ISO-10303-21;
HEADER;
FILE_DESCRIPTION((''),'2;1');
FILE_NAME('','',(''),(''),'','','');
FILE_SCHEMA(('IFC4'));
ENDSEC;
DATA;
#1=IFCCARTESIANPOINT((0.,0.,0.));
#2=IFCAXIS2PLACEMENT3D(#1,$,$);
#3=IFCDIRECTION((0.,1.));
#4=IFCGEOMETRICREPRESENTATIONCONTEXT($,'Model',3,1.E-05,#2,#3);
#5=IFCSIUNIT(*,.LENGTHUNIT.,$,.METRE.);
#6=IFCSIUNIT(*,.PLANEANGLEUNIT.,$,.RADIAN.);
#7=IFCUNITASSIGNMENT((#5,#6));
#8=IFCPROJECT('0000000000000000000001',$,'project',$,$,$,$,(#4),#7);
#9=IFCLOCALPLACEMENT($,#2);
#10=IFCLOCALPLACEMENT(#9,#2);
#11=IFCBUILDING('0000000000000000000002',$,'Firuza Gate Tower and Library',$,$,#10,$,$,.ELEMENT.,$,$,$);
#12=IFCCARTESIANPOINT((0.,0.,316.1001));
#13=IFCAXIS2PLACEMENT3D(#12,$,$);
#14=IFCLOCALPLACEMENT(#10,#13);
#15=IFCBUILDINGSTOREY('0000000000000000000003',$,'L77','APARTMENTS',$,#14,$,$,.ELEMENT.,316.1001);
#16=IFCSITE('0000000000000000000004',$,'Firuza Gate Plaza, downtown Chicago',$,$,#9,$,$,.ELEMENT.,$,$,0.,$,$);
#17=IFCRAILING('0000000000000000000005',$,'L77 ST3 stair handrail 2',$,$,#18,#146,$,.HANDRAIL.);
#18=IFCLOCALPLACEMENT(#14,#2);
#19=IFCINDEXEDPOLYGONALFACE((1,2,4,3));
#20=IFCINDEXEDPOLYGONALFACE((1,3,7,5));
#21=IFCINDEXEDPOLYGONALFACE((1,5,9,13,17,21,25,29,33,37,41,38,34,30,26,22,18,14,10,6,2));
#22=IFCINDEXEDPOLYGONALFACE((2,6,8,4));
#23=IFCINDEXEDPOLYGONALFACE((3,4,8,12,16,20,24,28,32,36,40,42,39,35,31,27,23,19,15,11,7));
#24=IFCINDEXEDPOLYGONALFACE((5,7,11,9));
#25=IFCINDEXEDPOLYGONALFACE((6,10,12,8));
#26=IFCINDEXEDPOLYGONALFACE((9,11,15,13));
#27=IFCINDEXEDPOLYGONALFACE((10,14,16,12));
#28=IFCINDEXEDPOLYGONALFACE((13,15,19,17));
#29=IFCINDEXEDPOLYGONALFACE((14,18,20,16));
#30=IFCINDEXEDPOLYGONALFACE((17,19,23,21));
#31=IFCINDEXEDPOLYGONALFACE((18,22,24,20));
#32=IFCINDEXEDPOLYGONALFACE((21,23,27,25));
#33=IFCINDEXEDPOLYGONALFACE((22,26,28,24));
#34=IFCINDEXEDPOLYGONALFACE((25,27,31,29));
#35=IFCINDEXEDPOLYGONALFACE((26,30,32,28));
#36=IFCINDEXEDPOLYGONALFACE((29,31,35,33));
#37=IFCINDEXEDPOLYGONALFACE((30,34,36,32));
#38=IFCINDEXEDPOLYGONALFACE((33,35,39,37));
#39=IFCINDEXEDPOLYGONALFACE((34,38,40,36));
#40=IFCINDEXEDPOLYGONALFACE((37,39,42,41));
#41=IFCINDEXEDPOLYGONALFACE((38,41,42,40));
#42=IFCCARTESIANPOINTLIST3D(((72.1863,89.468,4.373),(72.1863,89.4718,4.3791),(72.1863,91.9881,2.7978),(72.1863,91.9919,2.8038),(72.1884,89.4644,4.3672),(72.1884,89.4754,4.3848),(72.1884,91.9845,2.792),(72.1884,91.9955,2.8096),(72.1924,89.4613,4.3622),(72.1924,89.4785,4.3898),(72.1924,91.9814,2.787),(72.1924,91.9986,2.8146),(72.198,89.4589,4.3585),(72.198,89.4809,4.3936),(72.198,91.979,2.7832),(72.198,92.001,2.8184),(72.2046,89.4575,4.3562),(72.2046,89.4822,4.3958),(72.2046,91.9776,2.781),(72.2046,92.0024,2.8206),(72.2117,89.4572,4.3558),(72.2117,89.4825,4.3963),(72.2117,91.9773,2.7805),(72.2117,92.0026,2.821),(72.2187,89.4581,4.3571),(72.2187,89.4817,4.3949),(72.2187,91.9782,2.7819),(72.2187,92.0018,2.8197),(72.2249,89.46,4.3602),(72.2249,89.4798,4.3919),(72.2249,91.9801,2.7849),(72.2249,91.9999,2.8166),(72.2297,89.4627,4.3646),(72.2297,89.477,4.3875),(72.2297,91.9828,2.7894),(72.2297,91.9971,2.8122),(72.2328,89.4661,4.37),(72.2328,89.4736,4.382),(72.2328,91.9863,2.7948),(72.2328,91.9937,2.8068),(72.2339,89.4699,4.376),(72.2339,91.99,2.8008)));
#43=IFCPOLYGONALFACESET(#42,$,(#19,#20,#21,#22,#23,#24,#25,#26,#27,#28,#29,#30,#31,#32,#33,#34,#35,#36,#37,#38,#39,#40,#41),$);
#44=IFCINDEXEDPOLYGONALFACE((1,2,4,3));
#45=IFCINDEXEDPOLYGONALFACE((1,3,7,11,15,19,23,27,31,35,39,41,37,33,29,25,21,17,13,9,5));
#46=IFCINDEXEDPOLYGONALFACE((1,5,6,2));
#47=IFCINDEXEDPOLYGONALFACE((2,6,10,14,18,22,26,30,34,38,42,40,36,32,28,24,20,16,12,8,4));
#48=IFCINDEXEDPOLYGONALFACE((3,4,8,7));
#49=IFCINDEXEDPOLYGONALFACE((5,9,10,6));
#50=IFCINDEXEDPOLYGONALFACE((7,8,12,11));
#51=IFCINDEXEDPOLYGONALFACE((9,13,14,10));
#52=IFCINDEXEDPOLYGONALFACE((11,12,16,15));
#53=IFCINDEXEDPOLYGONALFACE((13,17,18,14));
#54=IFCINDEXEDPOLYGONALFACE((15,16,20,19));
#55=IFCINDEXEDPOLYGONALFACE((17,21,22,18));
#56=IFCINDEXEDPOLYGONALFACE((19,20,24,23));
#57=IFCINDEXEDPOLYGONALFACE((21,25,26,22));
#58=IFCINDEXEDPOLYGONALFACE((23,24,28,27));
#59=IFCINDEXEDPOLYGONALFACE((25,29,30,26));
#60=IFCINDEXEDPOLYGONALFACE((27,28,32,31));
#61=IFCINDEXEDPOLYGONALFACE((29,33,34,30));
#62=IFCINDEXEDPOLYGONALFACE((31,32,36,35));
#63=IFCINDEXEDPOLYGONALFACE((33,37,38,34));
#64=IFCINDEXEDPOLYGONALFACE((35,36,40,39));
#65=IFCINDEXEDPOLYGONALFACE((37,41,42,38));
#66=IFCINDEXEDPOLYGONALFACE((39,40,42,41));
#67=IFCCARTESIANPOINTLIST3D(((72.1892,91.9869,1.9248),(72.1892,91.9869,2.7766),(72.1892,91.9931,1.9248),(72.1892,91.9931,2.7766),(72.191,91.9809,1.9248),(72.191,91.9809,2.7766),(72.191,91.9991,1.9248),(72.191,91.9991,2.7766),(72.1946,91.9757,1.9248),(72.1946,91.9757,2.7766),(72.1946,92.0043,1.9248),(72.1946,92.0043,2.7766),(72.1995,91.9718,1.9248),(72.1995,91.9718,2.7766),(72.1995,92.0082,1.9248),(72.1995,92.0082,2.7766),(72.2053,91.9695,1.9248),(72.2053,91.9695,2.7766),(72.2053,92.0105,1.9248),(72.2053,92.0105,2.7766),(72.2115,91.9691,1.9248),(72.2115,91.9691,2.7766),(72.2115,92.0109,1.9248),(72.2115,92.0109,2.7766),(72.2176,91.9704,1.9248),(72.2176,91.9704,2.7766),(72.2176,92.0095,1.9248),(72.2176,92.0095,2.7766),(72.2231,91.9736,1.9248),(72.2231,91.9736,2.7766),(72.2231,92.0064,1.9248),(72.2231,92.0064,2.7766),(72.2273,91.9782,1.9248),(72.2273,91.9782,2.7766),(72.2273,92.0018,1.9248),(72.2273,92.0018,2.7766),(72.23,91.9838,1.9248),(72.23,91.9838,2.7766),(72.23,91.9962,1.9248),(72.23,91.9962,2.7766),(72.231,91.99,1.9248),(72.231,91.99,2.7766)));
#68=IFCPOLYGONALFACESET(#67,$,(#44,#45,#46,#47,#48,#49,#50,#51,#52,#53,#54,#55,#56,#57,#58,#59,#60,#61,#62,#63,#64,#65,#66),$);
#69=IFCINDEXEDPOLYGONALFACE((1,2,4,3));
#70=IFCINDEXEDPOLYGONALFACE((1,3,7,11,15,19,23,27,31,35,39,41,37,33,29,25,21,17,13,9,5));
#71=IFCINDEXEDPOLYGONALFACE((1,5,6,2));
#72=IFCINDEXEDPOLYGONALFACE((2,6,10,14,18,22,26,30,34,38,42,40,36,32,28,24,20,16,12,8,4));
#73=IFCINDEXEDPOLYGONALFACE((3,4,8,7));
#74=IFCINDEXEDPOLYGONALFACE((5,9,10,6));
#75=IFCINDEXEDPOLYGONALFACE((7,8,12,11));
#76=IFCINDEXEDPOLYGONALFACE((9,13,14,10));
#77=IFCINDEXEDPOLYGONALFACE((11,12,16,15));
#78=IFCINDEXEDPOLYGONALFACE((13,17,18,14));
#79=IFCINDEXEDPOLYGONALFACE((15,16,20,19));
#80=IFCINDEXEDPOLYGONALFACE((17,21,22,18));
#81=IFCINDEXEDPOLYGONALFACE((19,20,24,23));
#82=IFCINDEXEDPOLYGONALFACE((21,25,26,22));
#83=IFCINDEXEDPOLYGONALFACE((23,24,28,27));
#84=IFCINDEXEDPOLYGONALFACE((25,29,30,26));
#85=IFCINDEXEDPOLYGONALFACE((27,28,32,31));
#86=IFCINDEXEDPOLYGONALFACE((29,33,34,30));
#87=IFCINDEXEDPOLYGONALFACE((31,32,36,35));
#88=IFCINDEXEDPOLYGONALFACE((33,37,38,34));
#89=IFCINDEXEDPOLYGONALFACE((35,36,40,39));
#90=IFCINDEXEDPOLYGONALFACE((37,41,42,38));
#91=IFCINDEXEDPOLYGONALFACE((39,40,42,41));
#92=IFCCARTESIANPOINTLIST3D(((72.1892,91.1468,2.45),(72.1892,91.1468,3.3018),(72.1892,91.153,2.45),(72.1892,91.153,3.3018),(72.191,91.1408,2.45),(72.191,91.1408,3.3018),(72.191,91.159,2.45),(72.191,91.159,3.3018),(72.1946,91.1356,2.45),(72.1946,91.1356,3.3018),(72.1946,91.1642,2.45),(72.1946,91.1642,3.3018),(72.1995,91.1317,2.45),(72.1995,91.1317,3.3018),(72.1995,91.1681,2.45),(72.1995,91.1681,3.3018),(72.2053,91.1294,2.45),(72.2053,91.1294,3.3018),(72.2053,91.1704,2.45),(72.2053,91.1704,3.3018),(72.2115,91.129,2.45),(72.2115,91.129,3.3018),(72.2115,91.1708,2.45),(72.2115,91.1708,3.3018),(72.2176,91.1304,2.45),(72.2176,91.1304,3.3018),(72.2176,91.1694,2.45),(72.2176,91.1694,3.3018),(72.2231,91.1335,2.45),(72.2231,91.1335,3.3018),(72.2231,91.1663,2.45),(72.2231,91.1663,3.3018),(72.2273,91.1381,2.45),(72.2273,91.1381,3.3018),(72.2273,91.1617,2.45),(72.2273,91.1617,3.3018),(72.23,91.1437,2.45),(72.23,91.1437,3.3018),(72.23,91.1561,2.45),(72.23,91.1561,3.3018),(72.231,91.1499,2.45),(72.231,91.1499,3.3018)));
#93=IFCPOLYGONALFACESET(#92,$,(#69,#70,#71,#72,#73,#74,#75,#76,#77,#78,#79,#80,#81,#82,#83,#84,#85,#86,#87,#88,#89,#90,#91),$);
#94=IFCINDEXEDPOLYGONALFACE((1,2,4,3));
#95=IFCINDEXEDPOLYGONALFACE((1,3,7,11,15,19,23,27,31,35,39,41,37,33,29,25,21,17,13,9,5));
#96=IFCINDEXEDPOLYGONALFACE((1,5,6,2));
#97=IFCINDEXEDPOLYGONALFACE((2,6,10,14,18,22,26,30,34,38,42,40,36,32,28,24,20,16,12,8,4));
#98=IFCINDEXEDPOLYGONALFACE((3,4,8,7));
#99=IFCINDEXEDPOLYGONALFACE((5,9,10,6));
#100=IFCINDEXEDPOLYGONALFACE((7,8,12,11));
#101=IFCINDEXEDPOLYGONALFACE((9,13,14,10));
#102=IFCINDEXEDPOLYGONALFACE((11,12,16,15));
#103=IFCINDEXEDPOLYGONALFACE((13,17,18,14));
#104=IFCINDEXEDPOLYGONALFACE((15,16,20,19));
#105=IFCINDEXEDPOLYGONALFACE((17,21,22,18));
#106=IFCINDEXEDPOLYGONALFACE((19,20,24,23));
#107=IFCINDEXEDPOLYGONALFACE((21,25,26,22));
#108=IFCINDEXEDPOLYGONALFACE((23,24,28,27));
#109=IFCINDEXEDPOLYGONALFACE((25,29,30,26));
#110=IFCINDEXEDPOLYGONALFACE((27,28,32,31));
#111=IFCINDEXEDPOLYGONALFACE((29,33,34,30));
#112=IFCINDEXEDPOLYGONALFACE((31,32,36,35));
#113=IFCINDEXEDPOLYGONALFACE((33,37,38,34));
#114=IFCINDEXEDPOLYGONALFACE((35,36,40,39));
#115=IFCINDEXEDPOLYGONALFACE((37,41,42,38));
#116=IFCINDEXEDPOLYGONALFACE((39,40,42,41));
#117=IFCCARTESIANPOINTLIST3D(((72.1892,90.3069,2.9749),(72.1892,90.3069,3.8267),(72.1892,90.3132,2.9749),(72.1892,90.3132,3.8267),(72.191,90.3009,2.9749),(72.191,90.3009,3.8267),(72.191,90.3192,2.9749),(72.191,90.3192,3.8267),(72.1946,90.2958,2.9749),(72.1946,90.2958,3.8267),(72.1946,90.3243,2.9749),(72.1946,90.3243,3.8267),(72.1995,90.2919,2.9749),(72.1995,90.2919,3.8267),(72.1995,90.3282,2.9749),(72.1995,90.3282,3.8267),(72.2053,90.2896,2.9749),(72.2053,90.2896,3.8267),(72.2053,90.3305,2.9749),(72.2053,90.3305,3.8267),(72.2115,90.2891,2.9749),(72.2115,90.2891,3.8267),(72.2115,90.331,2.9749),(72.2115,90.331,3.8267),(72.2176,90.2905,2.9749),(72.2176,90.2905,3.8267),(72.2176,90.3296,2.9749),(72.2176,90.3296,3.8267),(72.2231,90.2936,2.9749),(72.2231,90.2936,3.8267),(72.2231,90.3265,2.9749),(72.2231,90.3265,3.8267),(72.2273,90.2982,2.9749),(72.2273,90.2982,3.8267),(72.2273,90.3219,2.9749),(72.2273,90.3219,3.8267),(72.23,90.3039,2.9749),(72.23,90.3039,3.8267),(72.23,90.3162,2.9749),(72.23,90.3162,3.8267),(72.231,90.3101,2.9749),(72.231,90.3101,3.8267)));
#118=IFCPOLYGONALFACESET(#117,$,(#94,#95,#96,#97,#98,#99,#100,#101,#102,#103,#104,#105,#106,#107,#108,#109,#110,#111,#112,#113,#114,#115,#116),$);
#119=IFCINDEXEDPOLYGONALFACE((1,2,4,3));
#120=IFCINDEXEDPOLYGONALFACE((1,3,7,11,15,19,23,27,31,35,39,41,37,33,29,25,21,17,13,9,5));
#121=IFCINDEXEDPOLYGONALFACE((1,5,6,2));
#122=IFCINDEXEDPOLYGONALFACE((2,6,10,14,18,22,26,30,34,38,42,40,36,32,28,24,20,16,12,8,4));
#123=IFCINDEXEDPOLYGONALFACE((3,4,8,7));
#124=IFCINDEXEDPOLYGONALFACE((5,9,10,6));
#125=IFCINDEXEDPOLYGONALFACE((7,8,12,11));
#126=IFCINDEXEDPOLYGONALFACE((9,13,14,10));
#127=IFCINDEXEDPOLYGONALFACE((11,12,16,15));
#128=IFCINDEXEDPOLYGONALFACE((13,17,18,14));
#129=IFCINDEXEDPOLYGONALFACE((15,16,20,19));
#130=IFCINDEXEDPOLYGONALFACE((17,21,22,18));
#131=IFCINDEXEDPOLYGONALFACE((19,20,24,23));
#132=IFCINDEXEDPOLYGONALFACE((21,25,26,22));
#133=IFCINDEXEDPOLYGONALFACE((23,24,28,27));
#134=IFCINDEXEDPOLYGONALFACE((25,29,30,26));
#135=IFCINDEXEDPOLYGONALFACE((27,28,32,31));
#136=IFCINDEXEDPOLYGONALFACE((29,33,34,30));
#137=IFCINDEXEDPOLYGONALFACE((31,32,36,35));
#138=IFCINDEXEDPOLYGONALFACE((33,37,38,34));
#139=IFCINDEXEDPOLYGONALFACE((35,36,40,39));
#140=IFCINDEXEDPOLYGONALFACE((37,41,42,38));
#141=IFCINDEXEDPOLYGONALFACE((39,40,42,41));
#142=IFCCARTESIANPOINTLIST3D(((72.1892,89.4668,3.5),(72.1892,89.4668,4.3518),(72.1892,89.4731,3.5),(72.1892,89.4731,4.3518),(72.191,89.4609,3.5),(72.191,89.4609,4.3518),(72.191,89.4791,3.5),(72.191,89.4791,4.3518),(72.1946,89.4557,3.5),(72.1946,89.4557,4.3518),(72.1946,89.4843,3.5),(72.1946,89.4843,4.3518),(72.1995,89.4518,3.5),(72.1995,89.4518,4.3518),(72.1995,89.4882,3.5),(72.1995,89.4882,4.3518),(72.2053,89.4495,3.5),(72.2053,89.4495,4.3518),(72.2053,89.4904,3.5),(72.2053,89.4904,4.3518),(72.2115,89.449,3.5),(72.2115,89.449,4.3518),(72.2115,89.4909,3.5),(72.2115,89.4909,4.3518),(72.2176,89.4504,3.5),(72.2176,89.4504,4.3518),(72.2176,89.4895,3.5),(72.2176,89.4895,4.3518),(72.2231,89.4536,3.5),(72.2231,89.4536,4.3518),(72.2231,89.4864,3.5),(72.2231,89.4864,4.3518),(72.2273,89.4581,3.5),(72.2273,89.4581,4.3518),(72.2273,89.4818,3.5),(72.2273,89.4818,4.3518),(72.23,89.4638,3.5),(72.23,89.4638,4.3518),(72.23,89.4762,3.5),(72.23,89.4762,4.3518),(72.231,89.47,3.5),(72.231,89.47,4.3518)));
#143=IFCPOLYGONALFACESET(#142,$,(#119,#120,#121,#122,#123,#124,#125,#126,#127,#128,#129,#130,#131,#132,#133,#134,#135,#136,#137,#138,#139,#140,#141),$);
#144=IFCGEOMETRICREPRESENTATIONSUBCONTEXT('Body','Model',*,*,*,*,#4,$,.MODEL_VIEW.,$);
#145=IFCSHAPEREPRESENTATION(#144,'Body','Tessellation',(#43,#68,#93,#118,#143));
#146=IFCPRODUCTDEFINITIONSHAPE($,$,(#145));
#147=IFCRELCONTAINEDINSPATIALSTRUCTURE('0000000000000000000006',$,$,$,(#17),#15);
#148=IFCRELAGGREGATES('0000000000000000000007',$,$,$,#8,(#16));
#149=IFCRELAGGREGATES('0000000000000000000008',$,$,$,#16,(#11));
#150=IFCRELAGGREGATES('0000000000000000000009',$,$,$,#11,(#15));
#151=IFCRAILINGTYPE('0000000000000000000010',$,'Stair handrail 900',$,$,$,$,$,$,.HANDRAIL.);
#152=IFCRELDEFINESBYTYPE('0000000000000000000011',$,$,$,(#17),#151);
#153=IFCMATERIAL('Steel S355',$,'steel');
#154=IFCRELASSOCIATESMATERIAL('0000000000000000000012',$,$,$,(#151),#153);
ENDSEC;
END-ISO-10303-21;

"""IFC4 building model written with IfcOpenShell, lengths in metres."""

from ifc_helpers import new_model, si_unit, direction, frame, origin, origin_2d, place, context, subcontext, project, spatial, circle, extrude, material, type_object, element, save


model = new_model("IFC4")

# Units and contexts
model_context = context("Model", 3, precision=1e-05, world=origin(), true_north=direction((0.0, 1.0)))
body_context = subcontext(model_context, "Body", "Model", "MODEL_VIEW")
ifc_project = project(units=[si_unit("LENGTHUNIT", "METRE"), si_unit("PLANEANGLEUNIT", "RADIAN")], contexts=[model_context])

# Site, building, storey
site_placement = place(None, origin())
site = spatial("IfcSite", under=ifc_project, at=site_placement, Name="Firuza Gate Plaza, downtown Chicago", CompositionType="ELEMENT", RefElevation=0.0)
building_placement = place(site_placement, origin())
building = spatial("IfcBuilding", under=site, at=building_placement, Name="Firuza Gate Tower and Library", CompositionType="ELEMENT")
storey_placement = place(building_placement, frame((0.0, 0.0, 316.1001)))
storey = spatial("IfcBuildingStorey", under=building, at=storey_placement, Name="L77", Description="APARTMENTS", CompositionType="ELEMENT", Elevation=316.1001)

# Railing
ifc_material_1 = material(Name="Steel S355", Category="steel")
railing_type_1 = type_object("IfcRailingType", Name="Stair handrail 900", PredefinedType="HANDRAIL", material=ifc_material_1)
railing_1_placement = place(storey_placement, frame((72.21, 91.99, 1.9248)))
element("IfcRailing", 1, at=railing_1_placement, inside=storey, type_object=railing_type_1, Name="L77 ST3 stair handrail 2", PredefinedType="HANDRAIL", context=body_context, shape_type="SweptSolid", body=[
    extrude(circle(Radius=0.0239, at=origin_2d()), frame((0.0, 0.0, 0.876), z_axis=(0.0, -0.847971, 0.530043), x_axis=(1.0, 0.0, 0.0)), (0.0, 0.0, 1.0), 2.9719),
    extrude(circle(Radius=0.021, at=origin_2d()), origin(), (0.0, 0.0, 1.0), 0.8518),
    extrude(circle(Radius=0.021, at=origin_2d()), frame((0.0, -0.8401, 0.5251)), (0.0, 0.0, 1.0), 0.8518),
    extrude(circle(Radius=0.021, at=origin_2d()), frame((0.0, -1.6799, 1.05)), (0.0, 0.0, 1.0), 0.8518),
    extrude(circle(Radius=0.021, at=origin_2d()), frame((0.0, -2.52, 1.5752)), (0.0, 0.0, 1.0), 0.8518),
])

save(model, "model.ifc")
